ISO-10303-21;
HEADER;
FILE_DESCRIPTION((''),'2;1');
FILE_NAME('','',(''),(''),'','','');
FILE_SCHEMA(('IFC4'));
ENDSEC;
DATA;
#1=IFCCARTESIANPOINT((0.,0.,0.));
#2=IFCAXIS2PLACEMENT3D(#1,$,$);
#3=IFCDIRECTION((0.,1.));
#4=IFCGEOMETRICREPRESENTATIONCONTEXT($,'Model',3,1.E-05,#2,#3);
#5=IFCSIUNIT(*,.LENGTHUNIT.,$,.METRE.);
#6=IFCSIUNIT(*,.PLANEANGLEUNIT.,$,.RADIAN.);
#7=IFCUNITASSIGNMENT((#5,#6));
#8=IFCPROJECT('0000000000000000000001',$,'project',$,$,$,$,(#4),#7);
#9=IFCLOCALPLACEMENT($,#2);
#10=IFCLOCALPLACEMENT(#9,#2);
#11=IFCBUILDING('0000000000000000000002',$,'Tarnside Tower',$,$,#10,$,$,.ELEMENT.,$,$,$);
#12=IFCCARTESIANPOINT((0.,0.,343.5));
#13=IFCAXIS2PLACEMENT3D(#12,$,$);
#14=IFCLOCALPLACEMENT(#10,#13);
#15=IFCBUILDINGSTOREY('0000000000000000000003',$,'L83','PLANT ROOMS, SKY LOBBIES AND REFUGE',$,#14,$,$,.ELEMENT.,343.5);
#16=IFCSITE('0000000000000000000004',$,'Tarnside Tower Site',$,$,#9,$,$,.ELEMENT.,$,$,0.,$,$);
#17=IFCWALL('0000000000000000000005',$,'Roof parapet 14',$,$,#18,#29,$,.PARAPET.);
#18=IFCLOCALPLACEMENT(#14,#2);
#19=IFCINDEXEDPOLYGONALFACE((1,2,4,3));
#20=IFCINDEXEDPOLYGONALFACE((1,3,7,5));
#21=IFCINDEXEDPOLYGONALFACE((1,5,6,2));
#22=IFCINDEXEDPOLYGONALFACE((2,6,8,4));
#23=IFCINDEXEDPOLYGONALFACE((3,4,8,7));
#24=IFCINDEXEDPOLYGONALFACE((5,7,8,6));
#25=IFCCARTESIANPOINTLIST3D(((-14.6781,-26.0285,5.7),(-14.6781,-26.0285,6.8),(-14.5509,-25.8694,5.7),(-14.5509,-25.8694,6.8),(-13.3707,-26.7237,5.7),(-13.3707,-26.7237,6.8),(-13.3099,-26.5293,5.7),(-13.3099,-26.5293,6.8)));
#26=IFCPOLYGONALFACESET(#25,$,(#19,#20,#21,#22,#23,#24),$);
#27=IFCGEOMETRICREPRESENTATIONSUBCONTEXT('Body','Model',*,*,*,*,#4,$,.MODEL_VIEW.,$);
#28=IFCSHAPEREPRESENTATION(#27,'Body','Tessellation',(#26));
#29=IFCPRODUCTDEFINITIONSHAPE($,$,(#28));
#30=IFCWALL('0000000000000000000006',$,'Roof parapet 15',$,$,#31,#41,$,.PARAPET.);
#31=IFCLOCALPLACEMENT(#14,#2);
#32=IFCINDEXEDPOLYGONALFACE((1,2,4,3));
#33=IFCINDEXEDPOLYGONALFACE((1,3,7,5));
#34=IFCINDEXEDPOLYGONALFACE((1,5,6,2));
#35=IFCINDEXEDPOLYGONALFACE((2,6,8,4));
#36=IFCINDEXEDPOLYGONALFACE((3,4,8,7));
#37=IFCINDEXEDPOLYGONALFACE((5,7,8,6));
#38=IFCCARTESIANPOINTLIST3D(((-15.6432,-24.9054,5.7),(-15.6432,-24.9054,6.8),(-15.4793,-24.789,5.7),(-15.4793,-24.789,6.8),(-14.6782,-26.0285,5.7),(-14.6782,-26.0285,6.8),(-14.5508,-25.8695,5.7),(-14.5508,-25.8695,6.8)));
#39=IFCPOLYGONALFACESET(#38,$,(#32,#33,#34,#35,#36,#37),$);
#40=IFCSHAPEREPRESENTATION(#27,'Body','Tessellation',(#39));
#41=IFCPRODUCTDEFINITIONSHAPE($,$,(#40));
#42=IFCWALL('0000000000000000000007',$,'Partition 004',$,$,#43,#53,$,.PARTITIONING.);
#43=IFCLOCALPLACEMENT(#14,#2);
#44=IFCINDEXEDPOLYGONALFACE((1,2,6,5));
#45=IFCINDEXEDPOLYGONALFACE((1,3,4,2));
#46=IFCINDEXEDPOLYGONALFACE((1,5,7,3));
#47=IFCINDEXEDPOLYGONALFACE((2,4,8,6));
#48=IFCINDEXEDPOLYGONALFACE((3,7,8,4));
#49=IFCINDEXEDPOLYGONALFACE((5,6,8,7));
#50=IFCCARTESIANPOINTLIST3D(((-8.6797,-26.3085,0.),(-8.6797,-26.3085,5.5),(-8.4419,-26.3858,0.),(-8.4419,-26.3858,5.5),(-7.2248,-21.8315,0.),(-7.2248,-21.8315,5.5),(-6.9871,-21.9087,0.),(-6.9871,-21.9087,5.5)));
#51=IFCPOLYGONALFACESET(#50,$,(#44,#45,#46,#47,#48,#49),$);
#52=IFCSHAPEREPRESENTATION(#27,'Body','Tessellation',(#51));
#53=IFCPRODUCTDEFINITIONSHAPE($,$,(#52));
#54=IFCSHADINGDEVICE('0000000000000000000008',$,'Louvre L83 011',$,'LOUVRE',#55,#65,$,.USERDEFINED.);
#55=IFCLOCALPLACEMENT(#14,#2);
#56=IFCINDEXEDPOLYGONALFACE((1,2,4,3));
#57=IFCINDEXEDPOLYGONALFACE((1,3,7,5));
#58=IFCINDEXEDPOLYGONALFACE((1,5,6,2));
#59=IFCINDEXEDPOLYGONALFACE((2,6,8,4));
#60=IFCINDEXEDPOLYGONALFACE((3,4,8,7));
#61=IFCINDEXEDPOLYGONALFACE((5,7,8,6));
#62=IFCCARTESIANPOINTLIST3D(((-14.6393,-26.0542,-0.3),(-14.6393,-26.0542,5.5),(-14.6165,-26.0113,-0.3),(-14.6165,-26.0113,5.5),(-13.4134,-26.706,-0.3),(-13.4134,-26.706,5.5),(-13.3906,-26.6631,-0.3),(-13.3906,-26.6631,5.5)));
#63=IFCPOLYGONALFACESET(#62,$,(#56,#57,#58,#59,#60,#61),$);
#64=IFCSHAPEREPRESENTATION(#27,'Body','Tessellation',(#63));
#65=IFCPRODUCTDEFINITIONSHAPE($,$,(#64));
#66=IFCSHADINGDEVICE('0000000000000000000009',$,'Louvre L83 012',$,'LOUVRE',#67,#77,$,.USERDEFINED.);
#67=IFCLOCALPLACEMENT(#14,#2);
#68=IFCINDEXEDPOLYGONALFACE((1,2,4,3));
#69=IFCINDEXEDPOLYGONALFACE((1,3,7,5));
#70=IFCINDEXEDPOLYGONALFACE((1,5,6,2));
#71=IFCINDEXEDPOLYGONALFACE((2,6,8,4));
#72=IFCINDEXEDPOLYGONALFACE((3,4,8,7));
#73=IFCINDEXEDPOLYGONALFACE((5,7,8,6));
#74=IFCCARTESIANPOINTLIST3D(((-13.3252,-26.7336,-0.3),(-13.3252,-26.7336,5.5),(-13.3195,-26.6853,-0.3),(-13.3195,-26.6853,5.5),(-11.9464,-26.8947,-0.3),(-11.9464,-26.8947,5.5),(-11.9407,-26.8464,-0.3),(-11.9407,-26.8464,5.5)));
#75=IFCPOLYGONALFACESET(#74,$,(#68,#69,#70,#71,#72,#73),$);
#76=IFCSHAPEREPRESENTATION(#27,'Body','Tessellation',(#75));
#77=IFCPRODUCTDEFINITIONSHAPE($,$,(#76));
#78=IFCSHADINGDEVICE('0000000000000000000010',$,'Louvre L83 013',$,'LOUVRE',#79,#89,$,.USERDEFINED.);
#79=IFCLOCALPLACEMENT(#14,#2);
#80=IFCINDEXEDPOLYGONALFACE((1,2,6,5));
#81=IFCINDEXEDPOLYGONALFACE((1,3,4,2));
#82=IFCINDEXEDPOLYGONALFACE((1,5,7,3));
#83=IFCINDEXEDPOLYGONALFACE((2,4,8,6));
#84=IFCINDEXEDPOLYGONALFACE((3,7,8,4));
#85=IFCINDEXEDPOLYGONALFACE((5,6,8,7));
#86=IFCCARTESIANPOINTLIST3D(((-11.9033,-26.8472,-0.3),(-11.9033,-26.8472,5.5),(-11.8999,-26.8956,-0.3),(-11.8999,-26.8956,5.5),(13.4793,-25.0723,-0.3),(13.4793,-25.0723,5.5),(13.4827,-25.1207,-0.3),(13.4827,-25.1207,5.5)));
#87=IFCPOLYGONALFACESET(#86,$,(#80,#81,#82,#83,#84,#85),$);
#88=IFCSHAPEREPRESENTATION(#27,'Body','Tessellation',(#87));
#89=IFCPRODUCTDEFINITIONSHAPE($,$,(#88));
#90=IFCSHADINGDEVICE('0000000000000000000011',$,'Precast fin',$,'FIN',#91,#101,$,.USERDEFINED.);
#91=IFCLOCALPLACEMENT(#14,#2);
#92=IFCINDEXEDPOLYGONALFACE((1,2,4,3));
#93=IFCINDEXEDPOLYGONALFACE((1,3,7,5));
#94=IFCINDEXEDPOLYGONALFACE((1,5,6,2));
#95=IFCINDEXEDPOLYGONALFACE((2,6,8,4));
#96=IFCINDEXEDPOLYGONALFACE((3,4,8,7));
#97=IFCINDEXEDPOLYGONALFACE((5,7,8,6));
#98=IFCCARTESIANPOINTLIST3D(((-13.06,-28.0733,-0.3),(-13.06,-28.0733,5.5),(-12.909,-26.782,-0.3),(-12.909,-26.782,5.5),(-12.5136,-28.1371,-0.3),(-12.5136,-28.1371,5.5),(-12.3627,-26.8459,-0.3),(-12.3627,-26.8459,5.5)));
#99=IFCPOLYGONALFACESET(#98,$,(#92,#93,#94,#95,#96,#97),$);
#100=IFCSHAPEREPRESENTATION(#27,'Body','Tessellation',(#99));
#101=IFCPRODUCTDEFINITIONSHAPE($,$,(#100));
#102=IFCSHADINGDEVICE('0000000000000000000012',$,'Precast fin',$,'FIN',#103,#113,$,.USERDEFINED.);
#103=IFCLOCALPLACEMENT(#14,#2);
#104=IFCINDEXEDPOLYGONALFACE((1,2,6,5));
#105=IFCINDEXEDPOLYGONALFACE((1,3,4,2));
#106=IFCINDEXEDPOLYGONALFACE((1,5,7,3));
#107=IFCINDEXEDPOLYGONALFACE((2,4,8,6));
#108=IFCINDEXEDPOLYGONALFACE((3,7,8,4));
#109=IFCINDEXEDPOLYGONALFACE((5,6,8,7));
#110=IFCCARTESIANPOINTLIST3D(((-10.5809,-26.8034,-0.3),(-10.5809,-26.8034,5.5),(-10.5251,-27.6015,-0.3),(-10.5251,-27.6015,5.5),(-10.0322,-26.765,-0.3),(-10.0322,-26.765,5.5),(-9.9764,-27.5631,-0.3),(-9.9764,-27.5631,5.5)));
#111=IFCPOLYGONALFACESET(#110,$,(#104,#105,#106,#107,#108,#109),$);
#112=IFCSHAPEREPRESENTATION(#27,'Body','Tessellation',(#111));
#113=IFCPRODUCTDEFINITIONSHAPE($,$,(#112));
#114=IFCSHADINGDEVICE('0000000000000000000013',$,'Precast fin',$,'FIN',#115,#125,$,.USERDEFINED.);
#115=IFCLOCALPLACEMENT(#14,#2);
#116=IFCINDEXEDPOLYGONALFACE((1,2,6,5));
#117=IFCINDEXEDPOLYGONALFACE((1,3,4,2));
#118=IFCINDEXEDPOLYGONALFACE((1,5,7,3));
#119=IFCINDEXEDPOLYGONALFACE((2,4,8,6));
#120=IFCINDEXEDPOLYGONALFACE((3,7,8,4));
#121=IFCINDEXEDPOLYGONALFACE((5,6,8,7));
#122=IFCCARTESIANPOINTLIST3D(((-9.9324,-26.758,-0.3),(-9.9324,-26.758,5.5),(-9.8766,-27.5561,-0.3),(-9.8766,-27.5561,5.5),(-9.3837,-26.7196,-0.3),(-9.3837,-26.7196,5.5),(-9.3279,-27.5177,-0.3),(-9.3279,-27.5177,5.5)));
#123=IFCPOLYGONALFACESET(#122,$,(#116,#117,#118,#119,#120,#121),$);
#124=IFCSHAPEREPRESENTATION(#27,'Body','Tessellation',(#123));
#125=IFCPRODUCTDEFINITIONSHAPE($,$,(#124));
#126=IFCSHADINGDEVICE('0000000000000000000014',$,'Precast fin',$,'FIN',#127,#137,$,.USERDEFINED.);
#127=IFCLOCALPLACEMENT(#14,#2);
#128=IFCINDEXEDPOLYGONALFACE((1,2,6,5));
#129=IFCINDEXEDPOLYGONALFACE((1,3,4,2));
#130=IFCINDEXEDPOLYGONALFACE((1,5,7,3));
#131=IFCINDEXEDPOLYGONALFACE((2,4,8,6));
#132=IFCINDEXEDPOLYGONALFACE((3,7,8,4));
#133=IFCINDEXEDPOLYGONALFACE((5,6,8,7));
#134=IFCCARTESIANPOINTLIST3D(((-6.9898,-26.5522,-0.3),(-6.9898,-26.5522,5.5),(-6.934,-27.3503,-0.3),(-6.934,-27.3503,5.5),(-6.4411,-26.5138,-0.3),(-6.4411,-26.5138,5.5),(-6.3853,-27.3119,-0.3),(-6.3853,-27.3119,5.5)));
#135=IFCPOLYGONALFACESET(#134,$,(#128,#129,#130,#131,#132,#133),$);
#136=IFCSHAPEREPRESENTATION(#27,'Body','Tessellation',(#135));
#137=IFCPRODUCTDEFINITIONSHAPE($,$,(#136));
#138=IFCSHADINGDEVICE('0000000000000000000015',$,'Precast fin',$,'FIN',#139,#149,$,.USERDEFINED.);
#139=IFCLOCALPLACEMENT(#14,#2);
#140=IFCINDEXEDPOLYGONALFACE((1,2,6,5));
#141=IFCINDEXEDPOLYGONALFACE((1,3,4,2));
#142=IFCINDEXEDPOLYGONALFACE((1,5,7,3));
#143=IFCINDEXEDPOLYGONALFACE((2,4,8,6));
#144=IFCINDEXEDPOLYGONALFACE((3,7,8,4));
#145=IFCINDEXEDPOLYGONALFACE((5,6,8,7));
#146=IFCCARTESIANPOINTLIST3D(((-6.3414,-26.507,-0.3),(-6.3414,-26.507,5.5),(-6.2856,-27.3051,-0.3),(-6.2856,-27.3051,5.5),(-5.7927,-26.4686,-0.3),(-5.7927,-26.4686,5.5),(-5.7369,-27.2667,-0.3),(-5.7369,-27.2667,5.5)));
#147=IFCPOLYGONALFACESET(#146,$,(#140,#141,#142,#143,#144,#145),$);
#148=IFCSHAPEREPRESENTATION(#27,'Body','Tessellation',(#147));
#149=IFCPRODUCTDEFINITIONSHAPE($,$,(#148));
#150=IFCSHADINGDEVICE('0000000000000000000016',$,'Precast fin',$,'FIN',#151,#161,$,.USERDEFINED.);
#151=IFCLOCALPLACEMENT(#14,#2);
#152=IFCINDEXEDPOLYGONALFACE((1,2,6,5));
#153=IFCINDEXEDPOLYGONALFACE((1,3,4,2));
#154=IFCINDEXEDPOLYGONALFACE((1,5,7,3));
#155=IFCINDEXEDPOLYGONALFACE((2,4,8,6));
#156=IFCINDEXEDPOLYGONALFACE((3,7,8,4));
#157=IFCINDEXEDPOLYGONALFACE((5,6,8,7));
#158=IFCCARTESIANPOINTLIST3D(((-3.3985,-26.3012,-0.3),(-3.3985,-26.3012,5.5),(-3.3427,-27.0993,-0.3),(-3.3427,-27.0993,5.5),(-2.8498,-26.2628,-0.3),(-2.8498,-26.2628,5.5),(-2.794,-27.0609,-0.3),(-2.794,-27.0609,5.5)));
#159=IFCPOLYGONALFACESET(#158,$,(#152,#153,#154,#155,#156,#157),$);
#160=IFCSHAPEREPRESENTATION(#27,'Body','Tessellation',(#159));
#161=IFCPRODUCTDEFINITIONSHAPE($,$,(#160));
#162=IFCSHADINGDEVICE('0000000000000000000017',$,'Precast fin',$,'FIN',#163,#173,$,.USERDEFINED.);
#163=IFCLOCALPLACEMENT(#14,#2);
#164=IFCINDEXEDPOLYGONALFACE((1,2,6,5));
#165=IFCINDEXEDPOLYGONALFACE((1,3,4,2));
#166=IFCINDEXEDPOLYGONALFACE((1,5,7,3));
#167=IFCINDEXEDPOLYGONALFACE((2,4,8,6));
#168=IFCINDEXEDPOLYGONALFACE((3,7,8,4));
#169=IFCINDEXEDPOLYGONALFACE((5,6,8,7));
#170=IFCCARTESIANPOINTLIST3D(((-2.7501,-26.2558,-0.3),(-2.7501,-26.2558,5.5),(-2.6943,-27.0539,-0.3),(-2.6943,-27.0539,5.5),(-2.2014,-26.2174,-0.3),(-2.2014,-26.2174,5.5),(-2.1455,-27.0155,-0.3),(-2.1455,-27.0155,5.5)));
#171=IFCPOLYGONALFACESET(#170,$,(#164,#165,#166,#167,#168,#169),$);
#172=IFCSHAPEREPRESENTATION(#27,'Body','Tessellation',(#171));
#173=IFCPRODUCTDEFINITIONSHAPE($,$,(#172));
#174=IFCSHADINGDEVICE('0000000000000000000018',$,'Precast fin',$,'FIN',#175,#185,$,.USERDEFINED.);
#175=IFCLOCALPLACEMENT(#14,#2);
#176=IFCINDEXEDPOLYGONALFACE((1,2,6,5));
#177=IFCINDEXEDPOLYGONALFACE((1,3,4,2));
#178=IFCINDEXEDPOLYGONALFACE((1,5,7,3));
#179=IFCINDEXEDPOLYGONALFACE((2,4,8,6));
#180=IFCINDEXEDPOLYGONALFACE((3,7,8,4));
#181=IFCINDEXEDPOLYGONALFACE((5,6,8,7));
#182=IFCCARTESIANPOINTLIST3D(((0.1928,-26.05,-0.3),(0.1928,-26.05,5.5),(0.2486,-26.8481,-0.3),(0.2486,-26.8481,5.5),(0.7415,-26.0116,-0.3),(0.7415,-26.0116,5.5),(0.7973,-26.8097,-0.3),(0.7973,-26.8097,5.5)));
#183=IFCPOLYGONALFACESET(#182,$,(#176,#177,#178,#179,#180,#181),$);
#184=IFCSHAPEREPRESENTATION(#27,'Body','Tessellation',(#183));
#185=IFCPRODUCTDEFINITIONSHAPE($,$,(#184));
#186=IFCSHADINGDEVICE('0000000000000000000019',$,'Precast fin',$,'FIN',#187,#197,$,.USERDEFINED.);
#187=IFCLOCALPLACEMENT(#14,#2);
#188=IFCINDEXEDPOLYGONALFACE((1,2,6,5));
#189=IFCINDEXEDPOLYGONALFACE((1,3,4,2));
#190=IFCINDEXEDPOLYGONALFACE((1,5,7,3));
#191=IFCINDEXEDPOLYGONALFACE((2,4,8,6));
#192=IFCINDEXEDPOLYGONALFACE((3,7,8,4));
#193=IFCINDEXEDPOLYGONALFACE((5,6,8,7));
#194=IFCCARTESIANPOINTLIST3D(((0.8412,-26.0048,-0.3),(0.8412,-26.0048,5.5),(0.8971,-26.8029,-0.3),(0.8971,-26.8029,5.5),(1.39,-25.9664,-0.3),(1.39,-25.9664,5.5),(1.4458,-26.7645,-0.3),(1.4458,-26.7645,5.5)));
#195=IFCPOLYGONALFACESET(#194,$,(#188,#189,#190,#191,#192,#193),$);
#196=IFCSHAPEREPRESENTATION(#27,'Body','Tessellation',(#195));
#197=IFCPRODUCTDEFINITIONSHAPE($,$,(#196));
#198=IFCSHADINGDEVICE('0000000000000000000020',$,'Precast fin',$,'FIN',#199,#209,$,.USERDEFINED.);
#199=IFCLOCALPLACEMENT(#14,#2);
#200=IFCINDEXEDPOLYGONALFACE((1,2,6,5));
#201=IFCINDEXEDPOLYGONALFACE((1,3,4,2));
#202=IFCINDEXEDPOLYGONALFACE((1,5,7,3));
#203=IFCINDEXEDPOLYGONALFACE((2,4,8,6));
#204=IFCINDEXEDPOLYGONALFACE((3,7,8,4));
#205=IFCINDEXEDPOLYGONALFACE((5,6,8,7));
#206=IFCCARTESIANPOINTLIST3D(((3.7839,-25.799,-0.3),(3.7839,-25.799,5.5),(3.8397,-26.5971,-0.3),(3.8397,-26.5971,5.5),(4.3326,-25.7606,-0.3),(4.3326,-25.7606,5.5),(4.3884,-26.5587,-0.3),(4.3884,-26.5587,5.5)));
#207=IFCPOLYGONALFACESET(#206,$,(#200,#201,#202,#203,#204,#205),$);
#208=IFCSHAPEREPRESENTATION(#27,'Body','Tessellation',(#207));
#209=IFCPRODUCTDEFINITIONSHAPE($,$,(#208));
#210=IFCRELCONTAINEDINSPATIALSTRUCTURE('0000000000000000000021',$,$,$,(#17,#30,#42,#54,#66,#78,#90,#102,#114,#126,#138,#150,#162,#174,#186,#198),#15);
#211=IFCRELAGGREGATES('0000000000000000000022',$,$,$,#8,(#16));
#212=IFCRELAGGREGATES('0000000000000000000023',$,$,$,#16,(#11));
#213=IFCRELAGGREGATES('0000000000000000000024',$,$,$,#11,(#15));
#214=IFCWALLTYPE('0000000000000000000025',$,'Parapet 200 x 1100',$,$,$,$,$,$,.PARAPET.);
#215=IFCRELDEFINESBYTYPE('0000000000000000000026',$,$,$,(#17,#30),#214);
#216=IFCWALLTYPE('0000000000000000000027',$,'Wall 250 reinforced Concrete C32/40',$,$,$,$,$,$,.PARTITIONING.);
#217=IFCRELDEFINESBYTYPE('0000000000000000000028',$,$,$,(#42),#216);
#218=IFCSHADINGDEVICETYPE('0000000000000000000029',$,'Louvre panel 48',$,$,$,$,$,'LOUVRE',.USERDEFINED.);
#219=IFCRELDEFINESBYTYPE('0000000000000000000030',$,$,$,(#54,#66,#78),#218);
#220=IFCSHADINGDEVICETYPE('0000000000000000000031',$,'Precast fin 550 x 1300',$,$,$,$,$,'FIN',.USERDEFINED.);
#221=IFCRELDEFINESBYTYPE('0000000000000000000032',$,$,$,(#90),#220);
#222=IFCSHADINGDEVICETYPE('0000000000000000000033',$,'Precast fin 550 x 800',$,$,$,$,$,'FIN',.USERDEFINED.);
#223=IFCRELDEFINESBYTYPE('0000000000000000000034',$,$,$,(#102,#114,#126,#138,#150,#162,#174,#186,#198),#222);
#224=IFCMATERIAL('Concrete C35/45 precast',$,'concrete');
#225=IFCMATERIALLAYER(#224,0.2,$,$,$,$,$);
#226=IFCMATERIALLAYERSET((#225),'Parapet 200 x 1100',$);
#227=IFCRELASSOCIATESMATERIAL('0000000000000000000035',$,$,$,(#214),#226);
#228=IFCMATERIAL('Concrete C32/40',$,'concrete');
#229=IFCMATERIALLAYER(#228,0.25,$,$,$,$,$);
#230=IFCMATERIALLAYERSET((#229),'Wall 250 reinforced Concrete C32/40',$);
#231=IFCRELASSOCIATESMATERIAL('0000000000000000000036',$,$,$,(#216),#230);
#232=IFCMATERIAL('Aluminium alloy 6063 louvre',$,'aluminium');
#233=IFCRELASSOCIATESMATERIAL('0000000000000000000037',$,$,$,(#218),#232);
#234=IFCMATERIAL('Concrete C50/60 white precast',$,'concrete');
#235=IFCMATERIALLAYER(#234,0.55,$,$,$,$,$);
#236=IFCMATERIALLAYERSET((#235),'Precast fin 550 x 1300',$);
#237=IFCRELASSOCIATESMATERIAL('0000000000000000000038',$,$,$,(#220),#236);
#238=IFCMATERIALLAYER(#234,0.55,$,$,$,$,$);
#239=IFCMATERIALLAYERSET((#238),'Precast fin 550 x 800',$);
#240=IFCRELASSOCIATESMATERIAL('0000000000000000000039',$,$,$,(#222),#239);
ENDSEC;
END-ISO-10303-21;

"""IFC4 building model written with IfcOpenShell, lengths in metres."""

from ifc_helpers import new_model, si_unit, direction, frame, frame_2d, origin, place, context, subcontext, project, spatial, polyline, rectangle, outline, extrude, material, layer, layer_set, type_object, element, save


model = new_model("IFC4")

# Units and contexts
model_context = context("Model", 3, precision=1e-05, world=origin(), true_north=direction((0.0, 1.0)))
body_context = subcontext(model_context, "Body", "Model", "MODEL_VIEW")
ifc_project = project(units=[si_unit("LENGTHUNIT", "METRE"), si_unit("PLANEANGLEUNIT", "RADIAN")], contexts=[model_context])

# Site, building, storey
site_placement = place(None, origin())
site = spatial("IfcSite", under=ifc_project, at=site_placement, Name="Tarnside Tower Site", CompositionType="ELEMENT", RefElevation=0.0)
building_placement = place(site_placement, origin())
building = spatial("IfcBuilding", under=site, at=building_placement, Name="Tarnside Tower", CompositionType="ELEMENT")
storey_placement = place(building_placement, frame((0.0, 0.0, 343.5)))
storey = spatial("IfcBuildingStorey", under=building, at=storey_placement, Name="L83", Description="PLANT ROOMS, SKY LOBBIES AND REFUGE", CompositionType="ELEMENT", Elevation=343.5)

# Walls
ifc_material_1 = material(Name="Concrete C35/45 precast", Category="concrete")
ifc_layer_1 = layer(ifc_material_1, 0.2)
ifc_layer_set_1 = layer_set([ifc_layer_1], Name="Parapet 200 x 1100")
wall_type_1 = type_object("IfcWallType", Name="Parapet 200 x 1100", PredefinedType="PARAPET", material=ifc_layer_set_1)
wall_1_placement = place(storey_placement, frame((-13.3403, -26.6265, 5.7), z_axis=(0.0, 0.0, 1.0), x_axis=(-0.882947, 0.469473, 0.0)))
element("IfcWall", 1, at=wall_1_placement, inside=storey, type_object=wall_type_1, Name="Roof parapet 14", PredefinedType="PARAPET", context=body_context, shape_type="SweptSolid", body=[
    extrude(outline(polyline([(0.0188, -0.1001), (1.4243, -0.1001), (1.4619, 0.1001), (-0.0188, 0.1001), (0.0188, -0.1001)])), origin(), (0.0, 0.0, 1.0), 1.1001),
])
wall_2_placement = place(storey_placement, frame((-14.6145, -25.949, 5.7), z_axis=(0.0, 0.0, 1.0), x_axis=(-0.651732, 0.758449, 0.0)))
element("IfcWall", 2, at=wall_2_placement, inside=storey, type_object=wall_type_1, Name="Roof parapet 15", PredefinedType="PARAPET", context=body_context, shape_type="SweptSolid", body=[
    extrude(outline(polyline([(0.0188, -0.1001), (1.4434, -0.1001), (1.4619, 0.1001), (-0.0188, 0.1001), (0.0188, -0.1001)])), origin(), (0.0, 0.0, 1.0), 1.1001),
])
ifc_material_2 = material(Name="Concrete C32/40", Category="concrete")
ifc_layer_2 = layer(ifc_material_2, 0.25)
ifc_layer_set_2 = layer_set([ifc_layer_2], Name="Wall 250 reinforced Concrete C32/40")
wall_type_2 = type_object("IfcWallType", Name="Wall 250 reinforced Concrete C32/40", PredefinedType="PARTITIONING", material=ifc_layer_set_2)
wall_3_placement = place(storey_placement, frame((-8.5608, -26.3472, 0.0), z_axis=(0.0, 0.0, 1.0), x_axis=(0.309046, 0.951047, 0.0)))
element("IfcWall", 3, at=wall_3_placement, inside=storey, type_object=wall_type_2, Name="Partition 004", PredefinedType="PARTITIONING", context=body_context, shape_type="SweptSolid", body=[
    extrude(rectangle(XDim=4.7075, YDim=0.25, at=frame_2d((2.3538, 0.0))), origin(), (0.0, 0.0, 1.0), 5.5),
])

# Shading devices
ifc_material_3 = material(Name="Aluminium alloy 6063 louvre", Category="aluminium")
shading_device_type_1 = type_object("IfcShadingDeviceType", Name="Louvre panel 48", ElementType="LOUVRE", PredefinedType="USERDEFINED", material=ifc_material_3)
shading_device_1_placement = place(storey_placement, frame((-14.0037, -26.3372, -0.3), z_axis=(-0.882938, 0.469489, 0.0), x_axis=(-0.469489, -0.882938, 0.0)))
element("IfcShadingDevice", 4, at=shading_device_1_placement, inside=storey, type_object=shading_device_type_1, Name="Louvre L83 011", ObjectType="LOUVRE", PredefinedType="USERDEFINED", context=body_context, shape_type="SweptSolid", body=[
    extrude(outline(polyline([(0.0, 0.0), (0.0486, 0.0), (0.0486, 5.8), (0.0, 5.8), (0.0, 0.0)])), frame((0.0, 0.0, -0.6943)), (0.0, 0.0, 1.0), 1.3884),
])
shading_device_2_placement = place(storey_placement, frame((-12.6301, -26.7659, -0.3), z_axis=(-0.993243, 0.116051, 0.0), x_axis=(-0.116051, -0.993243, 0.0)))
element("IfcShadingDevice", 5, at=shading_device_2_placement, inside=storey, type_object=shading_device_type_1, Name="Louvre L83 012", ObjectType="LOUVRE", PredefinedType="USERDEFINED", context=body_context, shape_type="SweptSolid", body=[
    extrude(outline(polyline([(0.0, 0.0), (0.0486, 0.0), (0.0486, 5.8), (0.0, 5.8), (0.0, 0.0)])), frame((0.0, 0.0, -0.6941)), (0.0, 0.0, 1.0), 1.3882),
])
shading_device_3_placement = place(storey_placement, frame((0.7881, -25.9597, -0.3), z_axis=(-0.997564, -0.069755, 0.0), x_axis=(0.069755, -0.997564, 0.0)))
element("IfcShadingDevice", 6, at=shading_device_3_placement, inside=storey, type_object=shading_device_type_1, Name="Louvre L83 013", ObjectType="LOUVRE", PredefinedType="USERDEFINED", context=body_context, shape_type="SweptSolid", body=[
    extrude(outline(polyline([(0.0, 0.0), (0.0486, 0.0), (0.0486, 5.8), (0.0, 5.8), (0.0, 0.0)])), frame((0.0, 0.0, -12.7222)), (0.0, 0.0, 1.0), 25.4446),
])
ifc_material_4 = material(Name="Concrete C50/60 white precast", Category="concrete")
ifc_layer_3 = layer(ifc_material_4, 0.55)
ifc_layer_set_3 = layer_set([ifc_layer_3], Name="Precast fin 550 x 1300")
shading_device_type_2 = type_object("IfcShadingDeviceType", Name="Precast fin 550 x 1300", ElementType="FIN", PredefinedType="USERDEFINED", material=ifc_layer_set_3)
shading_device_4_placement = place(storey_placement, frame((-12.6357, -26.814, -0.3), z_axis=(-0.993238, 0.116093, 0.0), x_axis=(-0.116093, -0.993238, 0.0)))
element("IfcShadingDevice", 7, at=shading_device_4_placement, inside=storey, type_object=shading_device_type_2, Name="Precast fin", ObjectType="FIN", PredefinedType="USERDEFINED", context=body_context, shape_type="SweptSolid", body=[
    extrude(outline(polyline([(0.0, 0.0), (1.3, 0.0), (1.3, 5.8), (0.0, 5.8), (0.0, 0.0)])), frame((0.0, 0.0, -0.2749)), (0.0, 0.0, 1.0), 0.55),
])
ifc_layer_4 = layer(ifc_material_4, 0.55)
ifc_layer_set_4 = layer_set([ifc_layer_4], Name="Precast fin 550 x 800")
shading_device_type_3 = type_object("IfcShadingDeviceType", Name="Precast fin 550 x 800", ElementType="FIN", PredefinedType="USERDEFINED", material=ifc_layer_set_4)
for number, where, z_axis, x_axis, name in (
    (8, (-10.3064, -26.7842, -0.3), (-0.997564, -0.069756, 0.0), (0.069756, -0.997564, 0.0), "Precast fin"),
    (9, (-9.658, -26.7388, -0.3), (-0.997564, -0.069756, 0.0), (0.069756, -0.997564, 0.0), "Precast fin"),
    (10, (-6.7153, -26.533, -0.3), (-0.997564, -0.069756, 0.0), (0.069756, -0.997564, 0.0), "Precast fin"),
    (11, (-6.0669, -26.4878, -0.3), (-0.997564, -0.069756, 0.0), (0.069756, -0.997564, 0.0), "Precast fin"),
    (12, (-3.124, -26.282, -0.3), (-0.997564, -0.069756, 0.0), (0.069756, -0.997564, 0.0), "Precast fin"),
    (13, (-2.4756, -26.2366, -0.3), (-0.997564, -0.069756, 0.0), (0.069756, -0.997564, 0.0), "Precast fin"),
    (14, (0.4673, -26.0308, -0.3), (-0.997564, -0.069756, 0.0), (0.069756, -0.997564, 0.0), "Precast fin"),
    (15, (1.1157, -25.9856, -0.3), (-0.997564, -0.069756, 0.0), (0.069756, -0.997564, 0.0), "Precast fin"),
    (16, (4.0583, -25.7798, -0.3), (-0.997564, -0.069756, 0.0), (0.069756, -0.997564, 0.0), "Precast fin"),
):
    element("IfcShadingDevice", number, at=place(storey_placement, frame(where, z_axis=z_axis, x_axis=x_axis)), inside=storey, type_object=shading_device_type_3, Name=name, ObjectType="FIN", PredefinedType="USERDEFINED", context=body_context, shape_type="SweptSolid", body=[
        extrude(outline(polyline([(0.0, 0.0), (0.8, 0.0), (0.8, 5.8), (0.0, 5.8), (0.0, 0.0)])), frame((0.0, 0.0, -0.2749)), (0.0, 0.0, 1.0), 0.55),
    ])

save(model, "model.ifc")
